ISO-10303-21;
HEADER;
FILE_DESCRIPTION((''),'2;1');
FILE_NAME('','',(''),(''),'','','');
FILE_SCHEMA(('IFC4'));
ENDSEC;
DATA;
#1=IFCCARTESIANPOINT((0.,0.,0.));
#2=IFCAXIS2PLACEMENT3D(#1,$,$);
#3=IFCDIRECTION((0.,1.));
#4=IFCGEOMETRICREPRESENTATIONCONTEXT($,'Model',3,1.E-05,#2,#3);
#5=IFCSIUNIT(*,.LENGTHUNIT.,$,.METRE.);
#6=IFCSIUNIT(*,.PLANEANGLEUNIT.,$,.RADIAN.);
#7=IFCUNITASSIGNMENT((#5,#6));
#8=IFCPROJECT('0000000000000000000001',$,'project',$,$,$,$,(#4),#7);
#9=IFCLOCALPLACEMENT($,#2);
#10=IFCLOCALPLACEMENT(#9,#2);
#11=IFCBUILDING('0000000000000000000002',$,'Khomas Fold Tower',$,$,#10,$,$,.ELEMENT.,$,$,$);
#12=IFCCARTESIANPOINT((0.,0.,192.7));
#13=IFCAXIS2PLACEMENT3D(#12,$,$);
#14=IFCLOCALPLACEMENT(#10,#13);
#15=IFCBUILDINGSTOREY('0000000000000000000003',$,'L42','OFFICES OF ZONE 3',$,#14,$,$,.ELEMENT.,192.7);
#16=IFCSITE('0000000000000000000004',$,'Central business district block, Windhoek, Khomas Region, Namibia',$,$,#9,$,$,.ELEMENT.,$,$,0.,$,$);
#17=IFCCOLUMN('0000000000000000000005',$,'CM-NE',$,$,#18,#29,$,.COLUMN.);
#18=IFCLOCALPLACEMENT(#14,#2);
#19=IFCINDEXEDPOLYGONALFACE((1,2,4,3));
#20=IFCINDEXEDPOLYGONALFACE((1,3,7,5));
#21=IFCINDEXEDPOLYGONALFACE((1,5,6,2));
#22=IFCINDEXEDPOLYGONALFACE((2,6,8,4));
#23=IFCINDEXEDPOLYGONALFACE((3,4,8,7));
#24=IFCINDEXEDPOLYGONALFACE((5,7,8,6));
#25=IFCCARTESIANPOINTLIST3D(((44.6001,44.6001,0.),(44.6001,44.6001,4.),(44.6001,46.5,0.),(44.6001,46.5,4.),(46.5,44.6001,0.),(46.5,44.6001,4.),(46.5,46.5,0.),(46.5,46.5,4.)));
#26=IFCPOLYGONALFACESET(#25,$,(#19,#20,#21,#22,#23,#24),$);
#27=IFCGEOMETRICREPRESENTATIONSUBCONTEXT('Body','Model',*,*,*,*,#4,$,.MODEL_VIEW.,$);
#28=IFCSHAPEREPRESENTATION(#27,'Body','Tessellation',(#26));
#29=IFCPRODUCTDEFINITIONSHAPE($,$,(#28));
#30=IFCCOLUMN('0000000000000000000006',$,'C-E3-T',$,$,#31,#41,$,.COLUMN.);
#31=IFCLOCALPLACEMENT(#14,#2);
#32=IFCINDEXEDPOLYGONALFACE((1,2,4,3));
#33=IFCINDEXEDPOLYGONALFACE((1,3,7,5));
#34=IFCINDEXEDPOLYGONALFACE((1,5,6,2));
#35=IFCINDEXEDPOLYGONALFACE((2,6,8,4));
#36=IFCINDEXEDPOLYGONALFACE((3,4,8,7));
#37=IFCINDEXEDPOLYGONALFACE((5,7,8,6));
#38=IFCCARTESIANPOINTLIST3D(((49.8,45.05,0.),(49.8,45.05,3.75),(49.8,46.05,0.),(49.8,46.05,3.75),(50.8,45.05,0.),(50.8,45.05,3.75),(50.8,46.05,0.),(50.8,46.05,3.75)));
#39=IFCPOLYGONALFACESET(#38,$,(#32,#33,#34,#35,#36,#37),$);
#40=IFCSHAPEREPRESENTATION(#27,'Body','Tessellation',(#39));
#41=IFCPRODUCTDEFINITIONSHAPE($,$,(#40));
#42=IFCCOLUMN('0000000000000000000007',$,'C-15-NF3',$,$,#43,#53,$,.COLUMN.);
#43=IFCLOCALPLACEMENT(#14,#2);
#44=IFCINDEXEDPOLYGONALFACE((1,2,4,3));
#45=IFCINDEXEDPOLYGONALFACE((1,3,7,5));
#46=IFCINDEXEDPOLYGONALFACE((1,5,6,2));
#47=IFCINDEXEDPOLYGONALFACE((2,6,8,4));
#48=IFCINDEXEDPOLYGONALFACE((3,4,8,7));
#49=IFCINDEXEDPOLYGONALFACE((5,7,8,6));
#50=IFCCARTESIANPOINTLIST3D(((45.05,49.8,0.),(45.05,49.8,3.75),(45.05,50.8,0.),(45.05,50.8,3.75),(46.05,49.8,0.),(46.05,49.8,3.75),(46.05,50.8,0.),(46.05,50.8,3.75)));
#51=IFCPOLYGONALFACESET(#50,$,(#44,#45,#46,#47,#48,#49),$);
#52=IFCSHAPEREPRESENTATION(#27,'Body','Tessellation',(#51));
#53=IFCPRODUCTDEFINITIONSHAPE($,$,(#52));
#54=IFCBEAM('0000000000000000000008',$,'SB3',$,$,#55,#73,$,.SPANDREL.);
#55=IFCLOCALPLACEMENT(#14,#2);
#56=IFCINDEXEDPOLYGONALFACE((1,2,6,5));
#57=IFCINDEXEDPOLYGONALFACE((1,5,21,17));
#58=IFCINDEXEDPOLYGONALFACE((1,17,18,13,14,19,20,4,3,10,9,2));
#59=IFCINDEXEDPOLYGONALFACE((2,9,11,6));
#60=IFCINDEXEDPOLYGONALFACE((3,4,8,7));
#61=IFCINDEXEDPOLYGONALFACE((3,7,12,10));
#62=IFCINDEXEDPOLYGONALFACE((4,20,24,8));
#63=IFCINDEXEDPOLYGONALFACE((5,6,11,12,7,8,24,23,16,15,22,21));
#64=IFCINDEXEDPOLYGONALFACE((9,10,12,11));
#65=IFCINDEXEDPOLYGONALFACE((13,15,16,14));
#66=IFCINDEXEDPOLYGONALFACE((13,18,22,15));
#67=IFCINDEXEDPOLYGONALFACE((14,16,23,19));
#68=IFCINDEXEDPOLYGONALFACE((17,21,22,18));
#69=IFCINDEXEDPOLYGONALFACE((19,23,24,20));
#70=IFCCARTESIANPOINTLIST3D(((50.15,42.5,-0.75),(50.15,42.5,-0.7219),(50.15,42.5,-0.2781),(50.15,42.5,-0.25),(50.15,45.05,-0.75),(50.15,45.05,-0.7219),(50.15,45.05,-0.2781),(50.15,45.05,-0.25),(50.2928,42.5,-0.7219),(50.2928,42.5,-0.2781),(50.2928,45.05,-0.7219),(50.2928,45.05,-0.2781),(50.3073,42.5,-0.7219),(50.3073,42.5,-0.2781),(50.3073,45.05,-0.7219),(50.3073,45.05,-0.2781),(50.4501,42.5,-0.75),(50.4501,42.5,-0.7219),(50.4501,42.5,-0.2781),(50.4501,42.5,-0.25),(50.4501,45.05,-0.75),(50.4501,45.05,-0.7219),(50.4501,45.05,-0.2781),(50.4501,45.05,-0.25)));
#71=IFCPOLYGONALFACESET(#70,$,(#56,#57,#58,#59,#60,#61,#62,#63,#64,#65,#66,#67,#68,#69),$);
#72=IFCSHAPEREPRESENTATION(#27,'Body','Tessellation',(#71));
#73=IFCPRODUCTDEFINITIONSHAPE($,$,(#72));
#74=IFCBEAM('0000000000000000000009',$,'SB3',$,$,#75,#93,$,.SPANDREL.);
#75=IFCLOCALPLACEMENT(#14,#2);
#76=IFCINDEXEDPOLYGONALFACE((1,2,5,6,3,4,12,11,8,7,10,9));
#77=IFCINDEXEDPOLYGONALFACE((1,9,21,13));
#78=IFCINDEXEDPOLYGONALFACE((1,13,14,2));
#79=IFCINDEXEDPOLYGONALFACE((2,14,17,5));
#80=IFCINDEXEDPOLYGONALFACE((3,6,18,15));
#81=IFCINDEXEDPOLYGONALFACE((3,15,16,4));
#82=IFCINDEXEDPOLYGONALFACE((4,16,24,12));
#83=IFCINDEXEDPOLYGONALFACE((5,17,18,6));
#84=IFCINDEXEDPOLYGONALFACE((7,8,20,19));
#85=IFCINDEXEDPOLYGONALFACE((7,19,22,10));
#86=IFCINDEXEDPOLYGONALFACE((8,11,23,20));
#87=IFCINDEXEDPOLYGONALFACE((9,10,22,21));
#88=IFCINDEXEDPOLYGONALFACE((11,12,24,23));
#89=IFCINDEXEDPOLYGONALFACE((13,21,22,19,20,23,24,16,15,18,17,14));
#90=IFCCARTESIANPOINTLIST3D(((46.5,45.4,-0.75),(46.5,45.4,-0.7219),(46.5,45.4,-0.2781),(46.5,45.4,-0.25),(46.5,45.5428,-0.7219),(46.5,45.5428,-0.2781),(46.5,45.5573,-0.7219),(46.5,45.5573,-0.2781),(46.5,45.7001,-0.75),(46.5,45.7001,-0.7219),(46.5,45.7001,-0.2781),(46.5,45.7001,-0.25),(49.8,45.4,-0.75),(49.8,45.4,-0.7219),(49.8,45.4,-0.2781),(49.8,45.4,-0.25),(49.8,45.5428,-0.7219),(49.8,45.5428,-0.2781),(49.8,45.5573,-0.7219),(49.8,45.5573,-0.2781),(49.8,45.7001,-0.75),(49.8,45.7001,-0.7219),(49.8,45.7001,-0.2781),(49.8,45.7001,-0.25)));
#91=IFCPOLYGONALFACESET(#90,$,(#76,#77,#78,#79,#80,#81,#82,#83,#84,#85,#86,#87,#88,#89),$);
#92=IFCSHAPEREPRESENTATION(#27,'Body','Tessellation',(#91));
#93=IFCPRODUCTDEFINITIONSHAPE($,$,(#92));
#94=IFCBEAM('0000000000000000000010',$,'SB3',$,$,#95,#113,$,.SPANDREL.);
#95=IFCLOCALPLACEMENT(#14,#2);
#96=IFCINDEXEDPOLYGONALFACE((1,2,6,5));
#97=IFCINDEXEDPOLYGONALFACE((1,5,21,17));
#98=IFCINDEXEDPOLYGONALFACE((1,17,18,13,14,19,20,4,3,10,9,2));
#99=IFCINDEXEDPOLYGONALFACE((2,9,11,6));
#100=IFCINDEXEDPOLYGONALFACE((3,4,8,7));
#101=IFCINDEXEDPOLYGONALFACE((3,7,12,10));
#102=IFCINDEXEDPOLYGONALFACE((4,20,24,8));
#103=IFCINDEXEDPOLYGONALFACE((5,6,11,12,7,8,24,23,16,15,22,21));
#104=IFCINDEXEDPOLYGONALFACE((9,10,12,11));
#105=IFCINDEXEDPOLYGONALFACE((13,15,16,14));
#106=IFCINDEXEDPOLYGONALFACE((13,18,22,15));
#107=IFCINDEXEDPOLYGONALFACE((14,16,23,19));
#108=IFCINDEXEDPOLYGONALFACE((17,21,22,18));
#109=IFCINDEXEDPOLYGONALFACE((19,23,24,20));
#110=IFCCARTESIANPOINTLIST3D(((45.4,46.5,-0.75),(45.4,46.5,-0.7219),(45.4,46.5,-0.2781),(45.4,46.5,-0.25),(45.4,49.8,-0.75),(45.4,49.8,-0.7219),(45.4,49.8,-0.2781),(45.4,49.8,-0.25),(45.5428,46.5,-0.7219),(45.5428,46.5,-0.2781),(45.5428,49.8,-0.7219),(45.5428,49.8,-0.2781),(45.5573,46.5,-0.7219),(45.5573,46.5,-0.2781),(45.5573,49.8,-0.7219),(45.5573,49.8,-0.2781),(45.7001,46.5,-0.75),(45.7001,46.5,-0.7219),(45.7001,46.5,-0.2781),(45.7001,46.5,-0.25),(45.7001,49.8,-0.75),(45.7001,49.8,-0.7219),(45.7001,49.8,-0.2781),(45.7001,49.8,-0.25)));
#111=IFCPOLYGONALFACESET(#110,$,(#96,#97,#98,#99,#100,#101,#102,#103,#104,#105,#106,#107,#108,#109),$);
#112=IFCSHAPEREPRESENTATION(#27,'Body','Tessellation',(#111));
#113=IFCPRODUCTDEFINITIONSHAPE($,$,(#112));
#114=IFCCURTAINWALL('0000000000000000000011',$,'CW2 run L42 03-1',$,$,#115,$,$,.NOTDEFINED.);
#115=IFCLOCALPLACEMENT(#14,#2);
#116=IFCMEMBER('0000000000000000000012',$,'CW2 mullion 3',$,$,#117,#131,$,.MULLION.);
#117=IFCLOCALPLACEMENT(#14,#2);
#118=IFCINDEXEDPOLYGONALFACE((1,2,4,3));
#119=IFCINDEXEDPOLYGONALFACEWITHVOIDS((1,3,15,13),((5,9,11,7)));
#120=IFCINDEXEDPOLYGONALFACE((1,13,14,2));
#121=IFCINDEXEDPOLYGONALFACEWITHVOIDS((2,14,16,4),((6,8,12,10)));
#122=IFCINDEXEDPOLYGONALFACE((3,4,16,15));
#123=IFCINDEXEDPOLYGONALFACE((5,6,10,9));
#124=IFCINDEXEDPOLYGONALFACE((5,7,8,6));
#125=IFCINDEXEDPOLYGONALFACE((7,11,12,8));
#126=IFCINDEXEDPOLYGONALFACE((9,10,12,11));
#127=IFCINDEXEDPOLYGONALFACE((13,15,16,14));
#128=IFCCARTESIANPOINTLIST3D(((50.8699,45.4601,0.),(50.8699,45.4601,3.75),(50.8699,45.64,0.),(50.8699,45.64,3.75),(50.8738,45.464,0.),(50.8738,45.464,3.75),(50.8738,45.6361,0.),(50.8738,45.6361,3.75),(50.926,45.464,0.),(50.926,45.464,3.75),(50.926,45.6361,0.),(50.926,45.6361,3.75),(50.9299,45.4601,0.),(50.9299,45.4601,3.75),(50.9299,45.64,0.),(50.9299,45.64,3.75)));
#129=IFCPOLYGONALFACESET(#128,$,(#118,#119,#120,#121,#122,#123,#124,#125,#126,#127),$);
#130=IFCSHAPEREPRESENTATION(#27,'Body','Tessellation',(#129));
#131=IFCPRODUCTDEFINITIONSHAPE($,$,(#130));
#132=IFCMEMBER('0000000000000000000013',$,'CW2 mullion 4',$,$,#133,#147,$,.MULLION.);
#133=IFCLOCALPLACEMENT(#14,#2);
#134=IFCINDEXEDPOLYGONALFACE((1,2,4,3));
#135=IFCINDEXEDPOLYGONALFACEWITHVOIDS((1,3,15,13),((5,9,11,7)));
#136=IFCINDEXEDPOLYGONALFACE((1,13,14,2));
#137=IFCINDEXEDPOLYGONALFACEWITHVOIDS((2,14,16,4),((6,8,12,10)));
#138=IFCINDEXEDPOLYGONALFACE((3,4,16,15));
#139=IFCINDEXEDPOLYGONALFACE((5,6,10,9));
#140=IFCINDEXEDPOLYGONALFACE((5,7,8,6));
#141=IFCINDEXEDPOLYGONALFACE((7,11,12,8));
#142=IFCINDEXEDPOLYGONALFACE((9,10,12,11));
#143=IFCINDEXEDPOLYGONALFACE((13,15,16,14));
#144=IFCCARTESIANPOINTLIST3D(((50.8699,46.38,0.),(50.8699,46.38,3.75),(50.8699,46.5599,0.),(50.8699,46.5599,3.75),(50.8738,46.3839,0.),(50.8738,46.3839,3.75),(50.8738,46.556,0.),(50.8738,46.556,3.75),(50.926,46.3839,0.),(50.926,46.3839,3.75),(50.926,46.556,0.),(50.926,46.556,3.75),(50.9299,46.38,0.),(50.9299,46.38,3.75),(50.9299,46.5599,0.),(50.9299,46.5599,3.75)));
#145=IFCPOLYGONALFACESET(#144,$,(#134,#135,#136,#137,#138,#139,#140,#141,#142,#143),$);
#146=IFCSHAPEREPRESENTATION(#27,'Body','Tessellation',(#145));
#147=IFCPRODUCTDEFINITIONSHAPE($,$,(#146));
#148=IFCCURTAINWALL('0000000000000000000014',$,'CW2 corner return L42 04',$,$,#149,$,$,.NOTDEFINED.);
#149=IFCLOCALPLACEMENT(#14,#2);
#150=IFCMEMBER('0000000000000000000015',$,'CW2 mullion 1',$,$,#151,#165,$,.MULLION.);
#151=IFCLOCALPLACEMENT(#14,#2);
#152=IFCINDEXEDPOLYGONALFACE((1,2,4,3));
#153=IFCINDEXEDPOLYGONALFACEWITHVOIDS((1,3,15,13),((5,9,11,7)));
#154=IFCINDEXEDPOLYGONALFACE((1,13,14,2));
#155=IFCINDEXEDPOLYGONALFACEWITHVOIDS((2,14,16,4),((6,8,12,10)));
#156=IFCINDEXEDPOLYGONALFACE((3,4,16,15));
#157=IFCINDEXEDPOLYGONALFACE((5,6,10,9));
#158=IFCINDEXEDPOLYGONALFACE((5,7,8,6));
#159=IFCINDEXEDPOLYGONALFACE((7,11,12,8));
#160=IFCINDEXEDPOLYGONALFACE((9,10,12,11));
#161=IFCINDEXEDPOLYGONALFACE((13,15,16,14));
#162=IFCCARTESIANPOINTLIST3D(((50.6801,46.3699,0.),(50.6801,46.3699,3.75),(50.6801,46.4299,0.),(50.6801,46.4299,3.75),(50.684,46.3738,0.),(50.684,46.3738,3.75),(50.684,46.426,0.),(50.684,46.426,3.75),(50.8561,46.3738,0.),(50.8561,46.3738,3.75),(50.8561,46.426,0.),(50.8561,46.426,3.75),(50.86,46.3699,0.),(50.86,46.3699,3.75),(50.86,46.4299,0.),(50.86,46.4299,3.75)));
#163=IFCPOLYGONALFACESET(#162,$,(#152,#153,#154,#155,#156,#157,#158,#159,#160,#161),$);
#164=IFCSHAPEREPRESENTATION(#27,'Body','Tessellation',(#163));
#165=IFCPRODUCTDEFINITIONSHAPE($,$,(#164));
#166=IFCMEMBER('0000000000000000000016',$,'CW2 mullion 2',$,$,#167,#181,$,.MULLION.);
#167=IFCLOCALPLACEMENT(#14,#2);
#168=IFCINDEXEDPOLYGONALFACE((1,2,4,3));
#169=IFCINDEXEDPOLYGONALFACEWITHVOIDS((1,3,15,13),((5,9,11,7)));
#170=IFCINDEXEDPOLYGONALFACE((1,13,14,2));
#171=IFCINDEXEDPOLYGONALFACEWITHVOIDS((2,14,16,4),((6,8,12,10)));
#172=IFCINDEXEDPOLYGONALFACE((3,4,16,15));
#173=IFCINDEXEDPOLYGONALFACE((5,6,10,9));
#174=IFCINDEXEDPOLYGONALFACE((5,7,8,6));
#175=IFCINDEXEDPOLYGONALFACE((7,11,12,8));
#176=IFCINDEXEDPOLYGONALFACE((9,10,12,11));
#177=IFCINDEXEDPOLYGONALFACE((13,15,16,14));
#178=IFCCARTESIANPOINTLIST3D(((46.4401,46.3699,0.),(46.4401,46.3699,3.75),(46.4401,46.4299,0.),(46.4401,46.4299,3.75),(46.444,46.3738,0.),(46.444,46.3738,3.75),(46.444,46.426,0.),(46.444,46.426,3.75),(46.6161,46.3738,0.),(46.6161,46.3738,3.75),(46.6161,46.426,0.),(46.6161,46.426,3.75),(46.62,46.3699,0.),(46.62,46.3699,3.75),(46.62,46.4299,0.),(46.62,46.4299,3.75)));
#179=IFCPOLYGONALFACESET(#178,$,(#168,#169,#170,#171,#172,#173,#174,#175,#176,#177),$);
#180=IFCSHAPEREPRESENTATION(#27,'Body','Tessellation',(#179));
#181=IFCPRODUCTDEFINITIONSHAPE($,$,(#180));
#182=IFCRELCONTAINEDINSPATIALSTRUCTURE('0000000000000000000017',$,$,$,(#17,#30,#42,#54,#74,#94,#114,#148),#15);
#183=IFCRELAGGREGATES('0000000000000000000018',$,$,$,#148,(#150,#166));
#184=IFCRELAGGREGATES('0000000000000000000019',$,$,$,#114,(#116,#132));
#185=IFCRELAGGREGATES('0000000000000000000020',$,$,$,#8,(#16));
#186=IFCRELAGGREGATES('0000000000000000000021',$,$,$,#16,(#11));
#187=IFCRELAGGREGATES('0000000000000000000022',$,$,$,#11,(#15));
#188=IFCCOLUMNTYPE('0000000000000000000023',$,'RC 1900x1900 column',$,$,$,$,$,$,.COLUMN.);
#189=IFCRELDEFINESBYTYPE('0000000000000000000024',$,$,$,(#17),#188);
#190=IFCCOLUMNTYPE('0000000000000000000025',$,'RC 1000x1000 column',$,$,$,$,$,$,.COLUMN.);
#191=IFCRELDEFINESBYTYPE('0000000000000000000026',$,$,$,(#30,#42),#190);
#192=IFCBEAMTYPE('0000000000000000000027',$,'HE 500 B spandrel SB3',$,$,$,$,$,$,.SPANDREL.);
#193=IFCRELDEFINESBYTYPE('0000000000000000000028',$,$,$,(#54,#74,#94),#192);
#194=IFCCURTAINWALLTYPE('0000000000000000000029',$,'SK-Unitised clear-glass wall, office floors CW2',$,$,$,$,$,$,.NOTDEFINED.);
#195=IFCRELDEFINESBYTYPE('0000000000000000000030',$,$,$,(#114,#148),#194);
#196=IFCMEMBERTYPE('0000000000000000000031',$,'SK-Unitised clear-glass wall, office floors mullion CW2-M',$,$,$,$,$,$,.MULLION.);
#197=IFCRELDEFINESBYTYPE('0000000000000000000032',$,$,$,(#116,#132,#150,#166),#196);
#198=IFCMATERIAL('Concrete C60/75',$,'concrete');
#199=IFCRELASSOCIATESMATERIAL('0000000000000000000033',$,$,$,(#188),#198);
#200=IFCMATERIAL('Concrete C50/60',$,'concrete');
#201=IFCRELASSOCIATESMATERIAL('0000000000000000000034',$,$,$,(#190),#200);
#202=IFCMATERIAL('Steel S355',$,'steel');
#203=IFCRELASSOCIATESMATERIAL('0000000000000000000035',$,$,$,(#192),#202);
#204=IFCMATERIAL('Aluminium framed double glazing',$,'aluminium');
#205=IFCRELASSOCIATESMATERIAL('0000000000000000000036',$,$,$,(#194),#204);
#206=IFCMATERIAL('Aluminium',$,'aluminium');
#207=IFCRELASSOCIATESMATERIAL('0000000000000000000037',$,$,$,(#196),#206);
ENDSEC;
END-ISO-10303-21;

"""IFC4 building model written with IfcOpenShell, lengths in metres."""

from ifc_helpers import new_model, si_unit, direction, frame, origin, origin_2d, place, context, subcontext, project, spatial, rectangle, hollow_rectangle, i_section, extrude, source, transform, mapped, material, material_profile, profile_set, type_object, element, aggregate, save


model = new_model("IFC4")

# Units and contexts
model_context = context("Model", 3, precision=1e-05, world=origin(), true_north=direction((0.0, 1.0)))
body_context = subcontext(model_context, "Body", "Model", "MODEL_VIEW")
ifc_project = project(units=[si_unit("LENGTHUNIT", "METRE"), si_unit("PLANEANGLEUNIT", "RADIAN")], contexts=[model_context])

# Site, building, storey
site_placement = place(None, origin())
site = spatial("IfcSite", under=ifc_project, at=site_placement, Name="Central business district block, Windhoek, Khomas Region, Namibia", CompositionType="ELEMENT", RefElevation=0.0)
building_placement = place(site_placement, origin())
building = spatial("IfcBuilding", under=site, at=building_placement, Name="Khomas Fold Tower", CompositionType="ELEMENT")
storey_placement = place(building_placement, frame((0.0, 0.0, 192.7)))
storey = spatial("IfcBuildingStorey", under=building, at=storey_placement, Name="L42", Description="OFFICES OF ZONE 3", CompositionType="ELEMENT", Elevation=192.7)

# Columns
ifc_material_1 = material(Name="Concrete C60/75", Category="concrete")
ifc_material_profile_1 = material_profile(ifc_material_1, rectangle(XDim=1.8999, YDim=1.8999, at=origin_2d()), Name="RC 1900x1900")
ifc_profile_set_1 = profile_set([ifc_material_profile_1], Name="Concrete C60/75")
column_type_1 = type_object("IfcColumnType", Name="RC 1900x1900 column", PredefinedType="COLUMN", material=ifc_profile_set_1)
shared_shape_1 = source(origin(), body_context, "Body", "SweptSolid", [
    extrude(rectangle(XDim=1.8999, YDim=1.8999, at=origin_2d()), origin(), (0.0, 0.0, 1.0), 4.0),
])
column_placement = place(storey_placement, frame((45.55, 45.55, 0.0), z_axis=(0.0, 0.0, 1.0), x_axis=(1.0, 0.0, 0.0)))
element("IfcColumn", 1, at=column_placement, inside=storey, type_object=column_type_1, Name="CM-NE", PredefinedType="COLUMN", context=body_context, shape_type="MappedRepresentation", body=[
    mapped(shared_shape_1, transform((0.0, 0.0, 0.0))),
])
ifc_material_2 = material(Name="Concrete C50/60", Category="concrete")
ifc_material_profile_2 = material_profile(ifc_material_2, rectangle(XDim=1.0, YDim=1.0, at=origin_2d()), Name="RC 1000x1000")
ifc_profile_set_2 = profile_set([ifc_material_profile_2], Name="Concrete C50/60")
column_type_2 = type_object("IfcColumnType", Name="RC 1000x1000 column", PredefinedType="COLUMN", material=ifc_profile_set_2)
shared_shape_2 = source(origin(), body_context, "Body", "SweptSolid", [
    extrude(rectangle(XDim=1.0, YDim=1.0, at=origin_2d()), origin(), (0.0, 0.0, 1.0), 3.75),
])
for number, where, z_axis, x_axis, name in (
    (2, (50.3, 45.55, 0.0), (0.0, 0.0, 1.0), (1.0, 0.0, 0.0), "C-E3-T"),
    (3, (45.55, 50.3, 0.0), (0.0, 0.0, 1.0), (1.0, 0.0, 0.0), "C-15-NF3"),
):
    element("IfcColumn", number, at=place(storey_placement, frame(where, z_axis=z_axis, x_axis=x_axis)), inside=storey, type_object=column_type_2, Name=name, PredefinedType="COLUMN", context=body_context, shape_type="MappedRepresentation", body=[
        mapped(shared_shape_2, transform((0.0, 0.0, 0.0))),
    ])

# Beams
ifc_material_3 = material(Name="Steel S355", Category="steel")
ifc_material_profile_3 = material_profile(ifc_material_3, i_section(OverallWidth=0.3, OverallDepth=0.5, WebThickness=0.0144, FlangeThickness=0.0281, at=origin_2d()), Name="HE 500 B")
ifc_profile_set_3 = profile_set([ifc_material_profile_3], Name="Steel S355")
beam_type = type_object("IfcBeamType", Name="HE 500 B spandrel SB3", PredefinedType="SPANDREL", material=ifc_profile_set_3)
shared_shape_3 = source(origin(), body_context, "Body", "SweptSolid", [
    extrude(i_section(OverallWidth=0.3, OverallDepth=0.5, WebThickness=0.0144, FlangeThickness=0.0281, at=origin_2d()), origin(), (0.0, 0.0, 1.0), 2.55),
])
beam_placement = place(storey_placement, frame((50.3, 42.5, -0.5), z_axis=(0.0, 1.0, 0.0), x_axis=(-1.0, 0.0, 0.0)))
element("IfcBeam", 4, at=beam_placement, inside=storey, type_object=beam_type, Name="SB3", PredefinedType="SPANDREL", context=body_context, shape_type="MappedRepresentation", body=[
    mapped(shared_shape_3, transform((0.0, 0.0, 0.0))),
])
shared_shape_4 = source(origin(), body_context, "Body", "SweptSolid", [
    extrude(i_section(OverallWidth=0.3, OverallDepth=0.5, WebThickness=0.0144, FlangeThickness=0.0281, at=origin_2d()), origin(), (0.0, 0.0, 1.0), 3.3),
])
for number, where, z_axis, x_axis, name in (
    (5, (46.5, 45.55, -0.5), (1.0, 0.0, 0.0), (0.0, 1.0, 0.0), "SB3"),
    (6, (45.55, 46.5, -0.5), (0.0, 1.0, 0.0), (-1.0, 0.0, 0.0), "SB3"),
):
    element("IfcBeam", number, at=place(storey_placement, frame(where, z_axis=z_axis, x_axis=x_axis)), inside=storey, type_object=beam_type, Name=name, PredefinedType="SPANDREL", context=body_context, shape_type="MappedRepresentation", body=[
        mapped(shared_shape_4, transform((0.0, 0.0, 0.0))),
    ])

# Curtain walls, members
ifc_material_4 = material(Name="Aluminium framed double glazing", Category="aluminium")
curtain_wall_type = type_object("IfcCurtainWallType", Name="SK-Unitised clear-glass wall, office floors CW2", PredefinedType="NOTDEFINED", material=ifc_material_4)
curtain_wall_1_placement = place(storey_placement, origin())
curtain_wall_1 = element("IfcCurtainWall", 7, at=curtain_wall_1_placement, inside=storey, type_object=curtain_wall_type, Name="CW2 run L42 03-1", PredefinedType="NOTDEFINED")
ifc_material_5 = material(Name="Aluminium", Category="aluminium")
ifc_material_profile_4 = material_profile(ifc_material_5, hollow_rectangle(XDim=0.0601, YDim=0.1799, WallThickness=0.0039, at=origin_2d()), Name="SK-Unitised clear-glass wall, office floors mullion CW2-M")
ifc_profile_set_4 = profile_set([ifc_material_profile_4], Name="Aluminium")
member_type_1 = type_object("IfcMemberType", Name="SK-Unitised clear-glass wall, office floors mullion CW2-M", PredefinedType="MULLION", material=ifc_profile_set_4)
shared_shape_5 = source(origin(), body_context, "Body", "SweptSolid", [
    extrude(hollow_rectangle(XDim=0.0601, YDim=0.1799, WallThickness=0.0039, at=origin_2d()), origin(), (0.0, 0.0, 1.0), 3.75),
])
member_1_placement = place(storey_placement, frame((50.8999, 45.55, 0.0), z_axis=(0.0, 0.0, 1.0), x_axis=(-1.0, 0.0, 0.0)))
member_1 = element("IfcMember", 8, at=member_1_placement, type_object=member_type_1, Name="CW2 mullion 3", PredefinedType="MULLION", context=body_context, shape_type="MappedRepresentation", body=[
    mapped(shared_shape_5, transform((0.0, 0.0, 0.0))),
])
member_2_placement = place(storey_placement, frame((50.8999, 46.47, 0.0), z_axis=(0.0, 0.0, 1.0), x_axis=(-1.0, 0.0, 0.0)))
member_2 = element("IfcMember", 9, at=member_2_placement, type_object=member_type_1, Name="CW2 mullion 4", PredefinedType="MULLION", context=body_context, shape_type="MappedRepresentation", body=[
    mapped(shared_shape_5, transform((0.0, 0.0, 0.0))),
])
curtain_wall_2_placement = place(storey_placement, origin())
curtain_wall_2 = element("IfcCurtainWall", 10, at=curtain_wall_2_placement, inside=storey, type_object=curtain_wall_type, Name="CW2 corner return L42 04", PredefinedType="NOTDEFINED")
member_3_placement = place(storey_placement, frame((50.77, 46.3999, 0.0), z_axis=(0.0, 0.0, 1.0), x_axis=(0.0, -1.0, 0.0)))
member_3 = element("IfcMember", 11, at=member_3_placement, type_object=member_type_1, Name="CW2 mullion 1", PredefinedType="MULLION", context=body_context, shape_type="MappedRepresentation", body=[
    mapped(shared_shape_5, transform((0.0, 0.0, 0.0))),
])
member_4_placement = place(storey_placement, frame((46.53, 46.3999, 0.0), z_axis=(0.0, 0.0, 1.0), x_axis=(0.0, -1.0, 0.0)))
member_4 = element("IfcMember", 12, at=member_4_placement, type_object=member_type_1, Name="CW2 mullion 2", PredefinedType="MULLION", context=body_context, shape_type="MappedRepresentation", body=[
    mapped(shared_shape_5, transform((0.0, 0.0, 0.0))),
])

aggregate(curtain_wall_2, [member_3, member_4])
aggregate(curtain_wall_1, [member_1, member_2])

save(model, "model.ifc")
